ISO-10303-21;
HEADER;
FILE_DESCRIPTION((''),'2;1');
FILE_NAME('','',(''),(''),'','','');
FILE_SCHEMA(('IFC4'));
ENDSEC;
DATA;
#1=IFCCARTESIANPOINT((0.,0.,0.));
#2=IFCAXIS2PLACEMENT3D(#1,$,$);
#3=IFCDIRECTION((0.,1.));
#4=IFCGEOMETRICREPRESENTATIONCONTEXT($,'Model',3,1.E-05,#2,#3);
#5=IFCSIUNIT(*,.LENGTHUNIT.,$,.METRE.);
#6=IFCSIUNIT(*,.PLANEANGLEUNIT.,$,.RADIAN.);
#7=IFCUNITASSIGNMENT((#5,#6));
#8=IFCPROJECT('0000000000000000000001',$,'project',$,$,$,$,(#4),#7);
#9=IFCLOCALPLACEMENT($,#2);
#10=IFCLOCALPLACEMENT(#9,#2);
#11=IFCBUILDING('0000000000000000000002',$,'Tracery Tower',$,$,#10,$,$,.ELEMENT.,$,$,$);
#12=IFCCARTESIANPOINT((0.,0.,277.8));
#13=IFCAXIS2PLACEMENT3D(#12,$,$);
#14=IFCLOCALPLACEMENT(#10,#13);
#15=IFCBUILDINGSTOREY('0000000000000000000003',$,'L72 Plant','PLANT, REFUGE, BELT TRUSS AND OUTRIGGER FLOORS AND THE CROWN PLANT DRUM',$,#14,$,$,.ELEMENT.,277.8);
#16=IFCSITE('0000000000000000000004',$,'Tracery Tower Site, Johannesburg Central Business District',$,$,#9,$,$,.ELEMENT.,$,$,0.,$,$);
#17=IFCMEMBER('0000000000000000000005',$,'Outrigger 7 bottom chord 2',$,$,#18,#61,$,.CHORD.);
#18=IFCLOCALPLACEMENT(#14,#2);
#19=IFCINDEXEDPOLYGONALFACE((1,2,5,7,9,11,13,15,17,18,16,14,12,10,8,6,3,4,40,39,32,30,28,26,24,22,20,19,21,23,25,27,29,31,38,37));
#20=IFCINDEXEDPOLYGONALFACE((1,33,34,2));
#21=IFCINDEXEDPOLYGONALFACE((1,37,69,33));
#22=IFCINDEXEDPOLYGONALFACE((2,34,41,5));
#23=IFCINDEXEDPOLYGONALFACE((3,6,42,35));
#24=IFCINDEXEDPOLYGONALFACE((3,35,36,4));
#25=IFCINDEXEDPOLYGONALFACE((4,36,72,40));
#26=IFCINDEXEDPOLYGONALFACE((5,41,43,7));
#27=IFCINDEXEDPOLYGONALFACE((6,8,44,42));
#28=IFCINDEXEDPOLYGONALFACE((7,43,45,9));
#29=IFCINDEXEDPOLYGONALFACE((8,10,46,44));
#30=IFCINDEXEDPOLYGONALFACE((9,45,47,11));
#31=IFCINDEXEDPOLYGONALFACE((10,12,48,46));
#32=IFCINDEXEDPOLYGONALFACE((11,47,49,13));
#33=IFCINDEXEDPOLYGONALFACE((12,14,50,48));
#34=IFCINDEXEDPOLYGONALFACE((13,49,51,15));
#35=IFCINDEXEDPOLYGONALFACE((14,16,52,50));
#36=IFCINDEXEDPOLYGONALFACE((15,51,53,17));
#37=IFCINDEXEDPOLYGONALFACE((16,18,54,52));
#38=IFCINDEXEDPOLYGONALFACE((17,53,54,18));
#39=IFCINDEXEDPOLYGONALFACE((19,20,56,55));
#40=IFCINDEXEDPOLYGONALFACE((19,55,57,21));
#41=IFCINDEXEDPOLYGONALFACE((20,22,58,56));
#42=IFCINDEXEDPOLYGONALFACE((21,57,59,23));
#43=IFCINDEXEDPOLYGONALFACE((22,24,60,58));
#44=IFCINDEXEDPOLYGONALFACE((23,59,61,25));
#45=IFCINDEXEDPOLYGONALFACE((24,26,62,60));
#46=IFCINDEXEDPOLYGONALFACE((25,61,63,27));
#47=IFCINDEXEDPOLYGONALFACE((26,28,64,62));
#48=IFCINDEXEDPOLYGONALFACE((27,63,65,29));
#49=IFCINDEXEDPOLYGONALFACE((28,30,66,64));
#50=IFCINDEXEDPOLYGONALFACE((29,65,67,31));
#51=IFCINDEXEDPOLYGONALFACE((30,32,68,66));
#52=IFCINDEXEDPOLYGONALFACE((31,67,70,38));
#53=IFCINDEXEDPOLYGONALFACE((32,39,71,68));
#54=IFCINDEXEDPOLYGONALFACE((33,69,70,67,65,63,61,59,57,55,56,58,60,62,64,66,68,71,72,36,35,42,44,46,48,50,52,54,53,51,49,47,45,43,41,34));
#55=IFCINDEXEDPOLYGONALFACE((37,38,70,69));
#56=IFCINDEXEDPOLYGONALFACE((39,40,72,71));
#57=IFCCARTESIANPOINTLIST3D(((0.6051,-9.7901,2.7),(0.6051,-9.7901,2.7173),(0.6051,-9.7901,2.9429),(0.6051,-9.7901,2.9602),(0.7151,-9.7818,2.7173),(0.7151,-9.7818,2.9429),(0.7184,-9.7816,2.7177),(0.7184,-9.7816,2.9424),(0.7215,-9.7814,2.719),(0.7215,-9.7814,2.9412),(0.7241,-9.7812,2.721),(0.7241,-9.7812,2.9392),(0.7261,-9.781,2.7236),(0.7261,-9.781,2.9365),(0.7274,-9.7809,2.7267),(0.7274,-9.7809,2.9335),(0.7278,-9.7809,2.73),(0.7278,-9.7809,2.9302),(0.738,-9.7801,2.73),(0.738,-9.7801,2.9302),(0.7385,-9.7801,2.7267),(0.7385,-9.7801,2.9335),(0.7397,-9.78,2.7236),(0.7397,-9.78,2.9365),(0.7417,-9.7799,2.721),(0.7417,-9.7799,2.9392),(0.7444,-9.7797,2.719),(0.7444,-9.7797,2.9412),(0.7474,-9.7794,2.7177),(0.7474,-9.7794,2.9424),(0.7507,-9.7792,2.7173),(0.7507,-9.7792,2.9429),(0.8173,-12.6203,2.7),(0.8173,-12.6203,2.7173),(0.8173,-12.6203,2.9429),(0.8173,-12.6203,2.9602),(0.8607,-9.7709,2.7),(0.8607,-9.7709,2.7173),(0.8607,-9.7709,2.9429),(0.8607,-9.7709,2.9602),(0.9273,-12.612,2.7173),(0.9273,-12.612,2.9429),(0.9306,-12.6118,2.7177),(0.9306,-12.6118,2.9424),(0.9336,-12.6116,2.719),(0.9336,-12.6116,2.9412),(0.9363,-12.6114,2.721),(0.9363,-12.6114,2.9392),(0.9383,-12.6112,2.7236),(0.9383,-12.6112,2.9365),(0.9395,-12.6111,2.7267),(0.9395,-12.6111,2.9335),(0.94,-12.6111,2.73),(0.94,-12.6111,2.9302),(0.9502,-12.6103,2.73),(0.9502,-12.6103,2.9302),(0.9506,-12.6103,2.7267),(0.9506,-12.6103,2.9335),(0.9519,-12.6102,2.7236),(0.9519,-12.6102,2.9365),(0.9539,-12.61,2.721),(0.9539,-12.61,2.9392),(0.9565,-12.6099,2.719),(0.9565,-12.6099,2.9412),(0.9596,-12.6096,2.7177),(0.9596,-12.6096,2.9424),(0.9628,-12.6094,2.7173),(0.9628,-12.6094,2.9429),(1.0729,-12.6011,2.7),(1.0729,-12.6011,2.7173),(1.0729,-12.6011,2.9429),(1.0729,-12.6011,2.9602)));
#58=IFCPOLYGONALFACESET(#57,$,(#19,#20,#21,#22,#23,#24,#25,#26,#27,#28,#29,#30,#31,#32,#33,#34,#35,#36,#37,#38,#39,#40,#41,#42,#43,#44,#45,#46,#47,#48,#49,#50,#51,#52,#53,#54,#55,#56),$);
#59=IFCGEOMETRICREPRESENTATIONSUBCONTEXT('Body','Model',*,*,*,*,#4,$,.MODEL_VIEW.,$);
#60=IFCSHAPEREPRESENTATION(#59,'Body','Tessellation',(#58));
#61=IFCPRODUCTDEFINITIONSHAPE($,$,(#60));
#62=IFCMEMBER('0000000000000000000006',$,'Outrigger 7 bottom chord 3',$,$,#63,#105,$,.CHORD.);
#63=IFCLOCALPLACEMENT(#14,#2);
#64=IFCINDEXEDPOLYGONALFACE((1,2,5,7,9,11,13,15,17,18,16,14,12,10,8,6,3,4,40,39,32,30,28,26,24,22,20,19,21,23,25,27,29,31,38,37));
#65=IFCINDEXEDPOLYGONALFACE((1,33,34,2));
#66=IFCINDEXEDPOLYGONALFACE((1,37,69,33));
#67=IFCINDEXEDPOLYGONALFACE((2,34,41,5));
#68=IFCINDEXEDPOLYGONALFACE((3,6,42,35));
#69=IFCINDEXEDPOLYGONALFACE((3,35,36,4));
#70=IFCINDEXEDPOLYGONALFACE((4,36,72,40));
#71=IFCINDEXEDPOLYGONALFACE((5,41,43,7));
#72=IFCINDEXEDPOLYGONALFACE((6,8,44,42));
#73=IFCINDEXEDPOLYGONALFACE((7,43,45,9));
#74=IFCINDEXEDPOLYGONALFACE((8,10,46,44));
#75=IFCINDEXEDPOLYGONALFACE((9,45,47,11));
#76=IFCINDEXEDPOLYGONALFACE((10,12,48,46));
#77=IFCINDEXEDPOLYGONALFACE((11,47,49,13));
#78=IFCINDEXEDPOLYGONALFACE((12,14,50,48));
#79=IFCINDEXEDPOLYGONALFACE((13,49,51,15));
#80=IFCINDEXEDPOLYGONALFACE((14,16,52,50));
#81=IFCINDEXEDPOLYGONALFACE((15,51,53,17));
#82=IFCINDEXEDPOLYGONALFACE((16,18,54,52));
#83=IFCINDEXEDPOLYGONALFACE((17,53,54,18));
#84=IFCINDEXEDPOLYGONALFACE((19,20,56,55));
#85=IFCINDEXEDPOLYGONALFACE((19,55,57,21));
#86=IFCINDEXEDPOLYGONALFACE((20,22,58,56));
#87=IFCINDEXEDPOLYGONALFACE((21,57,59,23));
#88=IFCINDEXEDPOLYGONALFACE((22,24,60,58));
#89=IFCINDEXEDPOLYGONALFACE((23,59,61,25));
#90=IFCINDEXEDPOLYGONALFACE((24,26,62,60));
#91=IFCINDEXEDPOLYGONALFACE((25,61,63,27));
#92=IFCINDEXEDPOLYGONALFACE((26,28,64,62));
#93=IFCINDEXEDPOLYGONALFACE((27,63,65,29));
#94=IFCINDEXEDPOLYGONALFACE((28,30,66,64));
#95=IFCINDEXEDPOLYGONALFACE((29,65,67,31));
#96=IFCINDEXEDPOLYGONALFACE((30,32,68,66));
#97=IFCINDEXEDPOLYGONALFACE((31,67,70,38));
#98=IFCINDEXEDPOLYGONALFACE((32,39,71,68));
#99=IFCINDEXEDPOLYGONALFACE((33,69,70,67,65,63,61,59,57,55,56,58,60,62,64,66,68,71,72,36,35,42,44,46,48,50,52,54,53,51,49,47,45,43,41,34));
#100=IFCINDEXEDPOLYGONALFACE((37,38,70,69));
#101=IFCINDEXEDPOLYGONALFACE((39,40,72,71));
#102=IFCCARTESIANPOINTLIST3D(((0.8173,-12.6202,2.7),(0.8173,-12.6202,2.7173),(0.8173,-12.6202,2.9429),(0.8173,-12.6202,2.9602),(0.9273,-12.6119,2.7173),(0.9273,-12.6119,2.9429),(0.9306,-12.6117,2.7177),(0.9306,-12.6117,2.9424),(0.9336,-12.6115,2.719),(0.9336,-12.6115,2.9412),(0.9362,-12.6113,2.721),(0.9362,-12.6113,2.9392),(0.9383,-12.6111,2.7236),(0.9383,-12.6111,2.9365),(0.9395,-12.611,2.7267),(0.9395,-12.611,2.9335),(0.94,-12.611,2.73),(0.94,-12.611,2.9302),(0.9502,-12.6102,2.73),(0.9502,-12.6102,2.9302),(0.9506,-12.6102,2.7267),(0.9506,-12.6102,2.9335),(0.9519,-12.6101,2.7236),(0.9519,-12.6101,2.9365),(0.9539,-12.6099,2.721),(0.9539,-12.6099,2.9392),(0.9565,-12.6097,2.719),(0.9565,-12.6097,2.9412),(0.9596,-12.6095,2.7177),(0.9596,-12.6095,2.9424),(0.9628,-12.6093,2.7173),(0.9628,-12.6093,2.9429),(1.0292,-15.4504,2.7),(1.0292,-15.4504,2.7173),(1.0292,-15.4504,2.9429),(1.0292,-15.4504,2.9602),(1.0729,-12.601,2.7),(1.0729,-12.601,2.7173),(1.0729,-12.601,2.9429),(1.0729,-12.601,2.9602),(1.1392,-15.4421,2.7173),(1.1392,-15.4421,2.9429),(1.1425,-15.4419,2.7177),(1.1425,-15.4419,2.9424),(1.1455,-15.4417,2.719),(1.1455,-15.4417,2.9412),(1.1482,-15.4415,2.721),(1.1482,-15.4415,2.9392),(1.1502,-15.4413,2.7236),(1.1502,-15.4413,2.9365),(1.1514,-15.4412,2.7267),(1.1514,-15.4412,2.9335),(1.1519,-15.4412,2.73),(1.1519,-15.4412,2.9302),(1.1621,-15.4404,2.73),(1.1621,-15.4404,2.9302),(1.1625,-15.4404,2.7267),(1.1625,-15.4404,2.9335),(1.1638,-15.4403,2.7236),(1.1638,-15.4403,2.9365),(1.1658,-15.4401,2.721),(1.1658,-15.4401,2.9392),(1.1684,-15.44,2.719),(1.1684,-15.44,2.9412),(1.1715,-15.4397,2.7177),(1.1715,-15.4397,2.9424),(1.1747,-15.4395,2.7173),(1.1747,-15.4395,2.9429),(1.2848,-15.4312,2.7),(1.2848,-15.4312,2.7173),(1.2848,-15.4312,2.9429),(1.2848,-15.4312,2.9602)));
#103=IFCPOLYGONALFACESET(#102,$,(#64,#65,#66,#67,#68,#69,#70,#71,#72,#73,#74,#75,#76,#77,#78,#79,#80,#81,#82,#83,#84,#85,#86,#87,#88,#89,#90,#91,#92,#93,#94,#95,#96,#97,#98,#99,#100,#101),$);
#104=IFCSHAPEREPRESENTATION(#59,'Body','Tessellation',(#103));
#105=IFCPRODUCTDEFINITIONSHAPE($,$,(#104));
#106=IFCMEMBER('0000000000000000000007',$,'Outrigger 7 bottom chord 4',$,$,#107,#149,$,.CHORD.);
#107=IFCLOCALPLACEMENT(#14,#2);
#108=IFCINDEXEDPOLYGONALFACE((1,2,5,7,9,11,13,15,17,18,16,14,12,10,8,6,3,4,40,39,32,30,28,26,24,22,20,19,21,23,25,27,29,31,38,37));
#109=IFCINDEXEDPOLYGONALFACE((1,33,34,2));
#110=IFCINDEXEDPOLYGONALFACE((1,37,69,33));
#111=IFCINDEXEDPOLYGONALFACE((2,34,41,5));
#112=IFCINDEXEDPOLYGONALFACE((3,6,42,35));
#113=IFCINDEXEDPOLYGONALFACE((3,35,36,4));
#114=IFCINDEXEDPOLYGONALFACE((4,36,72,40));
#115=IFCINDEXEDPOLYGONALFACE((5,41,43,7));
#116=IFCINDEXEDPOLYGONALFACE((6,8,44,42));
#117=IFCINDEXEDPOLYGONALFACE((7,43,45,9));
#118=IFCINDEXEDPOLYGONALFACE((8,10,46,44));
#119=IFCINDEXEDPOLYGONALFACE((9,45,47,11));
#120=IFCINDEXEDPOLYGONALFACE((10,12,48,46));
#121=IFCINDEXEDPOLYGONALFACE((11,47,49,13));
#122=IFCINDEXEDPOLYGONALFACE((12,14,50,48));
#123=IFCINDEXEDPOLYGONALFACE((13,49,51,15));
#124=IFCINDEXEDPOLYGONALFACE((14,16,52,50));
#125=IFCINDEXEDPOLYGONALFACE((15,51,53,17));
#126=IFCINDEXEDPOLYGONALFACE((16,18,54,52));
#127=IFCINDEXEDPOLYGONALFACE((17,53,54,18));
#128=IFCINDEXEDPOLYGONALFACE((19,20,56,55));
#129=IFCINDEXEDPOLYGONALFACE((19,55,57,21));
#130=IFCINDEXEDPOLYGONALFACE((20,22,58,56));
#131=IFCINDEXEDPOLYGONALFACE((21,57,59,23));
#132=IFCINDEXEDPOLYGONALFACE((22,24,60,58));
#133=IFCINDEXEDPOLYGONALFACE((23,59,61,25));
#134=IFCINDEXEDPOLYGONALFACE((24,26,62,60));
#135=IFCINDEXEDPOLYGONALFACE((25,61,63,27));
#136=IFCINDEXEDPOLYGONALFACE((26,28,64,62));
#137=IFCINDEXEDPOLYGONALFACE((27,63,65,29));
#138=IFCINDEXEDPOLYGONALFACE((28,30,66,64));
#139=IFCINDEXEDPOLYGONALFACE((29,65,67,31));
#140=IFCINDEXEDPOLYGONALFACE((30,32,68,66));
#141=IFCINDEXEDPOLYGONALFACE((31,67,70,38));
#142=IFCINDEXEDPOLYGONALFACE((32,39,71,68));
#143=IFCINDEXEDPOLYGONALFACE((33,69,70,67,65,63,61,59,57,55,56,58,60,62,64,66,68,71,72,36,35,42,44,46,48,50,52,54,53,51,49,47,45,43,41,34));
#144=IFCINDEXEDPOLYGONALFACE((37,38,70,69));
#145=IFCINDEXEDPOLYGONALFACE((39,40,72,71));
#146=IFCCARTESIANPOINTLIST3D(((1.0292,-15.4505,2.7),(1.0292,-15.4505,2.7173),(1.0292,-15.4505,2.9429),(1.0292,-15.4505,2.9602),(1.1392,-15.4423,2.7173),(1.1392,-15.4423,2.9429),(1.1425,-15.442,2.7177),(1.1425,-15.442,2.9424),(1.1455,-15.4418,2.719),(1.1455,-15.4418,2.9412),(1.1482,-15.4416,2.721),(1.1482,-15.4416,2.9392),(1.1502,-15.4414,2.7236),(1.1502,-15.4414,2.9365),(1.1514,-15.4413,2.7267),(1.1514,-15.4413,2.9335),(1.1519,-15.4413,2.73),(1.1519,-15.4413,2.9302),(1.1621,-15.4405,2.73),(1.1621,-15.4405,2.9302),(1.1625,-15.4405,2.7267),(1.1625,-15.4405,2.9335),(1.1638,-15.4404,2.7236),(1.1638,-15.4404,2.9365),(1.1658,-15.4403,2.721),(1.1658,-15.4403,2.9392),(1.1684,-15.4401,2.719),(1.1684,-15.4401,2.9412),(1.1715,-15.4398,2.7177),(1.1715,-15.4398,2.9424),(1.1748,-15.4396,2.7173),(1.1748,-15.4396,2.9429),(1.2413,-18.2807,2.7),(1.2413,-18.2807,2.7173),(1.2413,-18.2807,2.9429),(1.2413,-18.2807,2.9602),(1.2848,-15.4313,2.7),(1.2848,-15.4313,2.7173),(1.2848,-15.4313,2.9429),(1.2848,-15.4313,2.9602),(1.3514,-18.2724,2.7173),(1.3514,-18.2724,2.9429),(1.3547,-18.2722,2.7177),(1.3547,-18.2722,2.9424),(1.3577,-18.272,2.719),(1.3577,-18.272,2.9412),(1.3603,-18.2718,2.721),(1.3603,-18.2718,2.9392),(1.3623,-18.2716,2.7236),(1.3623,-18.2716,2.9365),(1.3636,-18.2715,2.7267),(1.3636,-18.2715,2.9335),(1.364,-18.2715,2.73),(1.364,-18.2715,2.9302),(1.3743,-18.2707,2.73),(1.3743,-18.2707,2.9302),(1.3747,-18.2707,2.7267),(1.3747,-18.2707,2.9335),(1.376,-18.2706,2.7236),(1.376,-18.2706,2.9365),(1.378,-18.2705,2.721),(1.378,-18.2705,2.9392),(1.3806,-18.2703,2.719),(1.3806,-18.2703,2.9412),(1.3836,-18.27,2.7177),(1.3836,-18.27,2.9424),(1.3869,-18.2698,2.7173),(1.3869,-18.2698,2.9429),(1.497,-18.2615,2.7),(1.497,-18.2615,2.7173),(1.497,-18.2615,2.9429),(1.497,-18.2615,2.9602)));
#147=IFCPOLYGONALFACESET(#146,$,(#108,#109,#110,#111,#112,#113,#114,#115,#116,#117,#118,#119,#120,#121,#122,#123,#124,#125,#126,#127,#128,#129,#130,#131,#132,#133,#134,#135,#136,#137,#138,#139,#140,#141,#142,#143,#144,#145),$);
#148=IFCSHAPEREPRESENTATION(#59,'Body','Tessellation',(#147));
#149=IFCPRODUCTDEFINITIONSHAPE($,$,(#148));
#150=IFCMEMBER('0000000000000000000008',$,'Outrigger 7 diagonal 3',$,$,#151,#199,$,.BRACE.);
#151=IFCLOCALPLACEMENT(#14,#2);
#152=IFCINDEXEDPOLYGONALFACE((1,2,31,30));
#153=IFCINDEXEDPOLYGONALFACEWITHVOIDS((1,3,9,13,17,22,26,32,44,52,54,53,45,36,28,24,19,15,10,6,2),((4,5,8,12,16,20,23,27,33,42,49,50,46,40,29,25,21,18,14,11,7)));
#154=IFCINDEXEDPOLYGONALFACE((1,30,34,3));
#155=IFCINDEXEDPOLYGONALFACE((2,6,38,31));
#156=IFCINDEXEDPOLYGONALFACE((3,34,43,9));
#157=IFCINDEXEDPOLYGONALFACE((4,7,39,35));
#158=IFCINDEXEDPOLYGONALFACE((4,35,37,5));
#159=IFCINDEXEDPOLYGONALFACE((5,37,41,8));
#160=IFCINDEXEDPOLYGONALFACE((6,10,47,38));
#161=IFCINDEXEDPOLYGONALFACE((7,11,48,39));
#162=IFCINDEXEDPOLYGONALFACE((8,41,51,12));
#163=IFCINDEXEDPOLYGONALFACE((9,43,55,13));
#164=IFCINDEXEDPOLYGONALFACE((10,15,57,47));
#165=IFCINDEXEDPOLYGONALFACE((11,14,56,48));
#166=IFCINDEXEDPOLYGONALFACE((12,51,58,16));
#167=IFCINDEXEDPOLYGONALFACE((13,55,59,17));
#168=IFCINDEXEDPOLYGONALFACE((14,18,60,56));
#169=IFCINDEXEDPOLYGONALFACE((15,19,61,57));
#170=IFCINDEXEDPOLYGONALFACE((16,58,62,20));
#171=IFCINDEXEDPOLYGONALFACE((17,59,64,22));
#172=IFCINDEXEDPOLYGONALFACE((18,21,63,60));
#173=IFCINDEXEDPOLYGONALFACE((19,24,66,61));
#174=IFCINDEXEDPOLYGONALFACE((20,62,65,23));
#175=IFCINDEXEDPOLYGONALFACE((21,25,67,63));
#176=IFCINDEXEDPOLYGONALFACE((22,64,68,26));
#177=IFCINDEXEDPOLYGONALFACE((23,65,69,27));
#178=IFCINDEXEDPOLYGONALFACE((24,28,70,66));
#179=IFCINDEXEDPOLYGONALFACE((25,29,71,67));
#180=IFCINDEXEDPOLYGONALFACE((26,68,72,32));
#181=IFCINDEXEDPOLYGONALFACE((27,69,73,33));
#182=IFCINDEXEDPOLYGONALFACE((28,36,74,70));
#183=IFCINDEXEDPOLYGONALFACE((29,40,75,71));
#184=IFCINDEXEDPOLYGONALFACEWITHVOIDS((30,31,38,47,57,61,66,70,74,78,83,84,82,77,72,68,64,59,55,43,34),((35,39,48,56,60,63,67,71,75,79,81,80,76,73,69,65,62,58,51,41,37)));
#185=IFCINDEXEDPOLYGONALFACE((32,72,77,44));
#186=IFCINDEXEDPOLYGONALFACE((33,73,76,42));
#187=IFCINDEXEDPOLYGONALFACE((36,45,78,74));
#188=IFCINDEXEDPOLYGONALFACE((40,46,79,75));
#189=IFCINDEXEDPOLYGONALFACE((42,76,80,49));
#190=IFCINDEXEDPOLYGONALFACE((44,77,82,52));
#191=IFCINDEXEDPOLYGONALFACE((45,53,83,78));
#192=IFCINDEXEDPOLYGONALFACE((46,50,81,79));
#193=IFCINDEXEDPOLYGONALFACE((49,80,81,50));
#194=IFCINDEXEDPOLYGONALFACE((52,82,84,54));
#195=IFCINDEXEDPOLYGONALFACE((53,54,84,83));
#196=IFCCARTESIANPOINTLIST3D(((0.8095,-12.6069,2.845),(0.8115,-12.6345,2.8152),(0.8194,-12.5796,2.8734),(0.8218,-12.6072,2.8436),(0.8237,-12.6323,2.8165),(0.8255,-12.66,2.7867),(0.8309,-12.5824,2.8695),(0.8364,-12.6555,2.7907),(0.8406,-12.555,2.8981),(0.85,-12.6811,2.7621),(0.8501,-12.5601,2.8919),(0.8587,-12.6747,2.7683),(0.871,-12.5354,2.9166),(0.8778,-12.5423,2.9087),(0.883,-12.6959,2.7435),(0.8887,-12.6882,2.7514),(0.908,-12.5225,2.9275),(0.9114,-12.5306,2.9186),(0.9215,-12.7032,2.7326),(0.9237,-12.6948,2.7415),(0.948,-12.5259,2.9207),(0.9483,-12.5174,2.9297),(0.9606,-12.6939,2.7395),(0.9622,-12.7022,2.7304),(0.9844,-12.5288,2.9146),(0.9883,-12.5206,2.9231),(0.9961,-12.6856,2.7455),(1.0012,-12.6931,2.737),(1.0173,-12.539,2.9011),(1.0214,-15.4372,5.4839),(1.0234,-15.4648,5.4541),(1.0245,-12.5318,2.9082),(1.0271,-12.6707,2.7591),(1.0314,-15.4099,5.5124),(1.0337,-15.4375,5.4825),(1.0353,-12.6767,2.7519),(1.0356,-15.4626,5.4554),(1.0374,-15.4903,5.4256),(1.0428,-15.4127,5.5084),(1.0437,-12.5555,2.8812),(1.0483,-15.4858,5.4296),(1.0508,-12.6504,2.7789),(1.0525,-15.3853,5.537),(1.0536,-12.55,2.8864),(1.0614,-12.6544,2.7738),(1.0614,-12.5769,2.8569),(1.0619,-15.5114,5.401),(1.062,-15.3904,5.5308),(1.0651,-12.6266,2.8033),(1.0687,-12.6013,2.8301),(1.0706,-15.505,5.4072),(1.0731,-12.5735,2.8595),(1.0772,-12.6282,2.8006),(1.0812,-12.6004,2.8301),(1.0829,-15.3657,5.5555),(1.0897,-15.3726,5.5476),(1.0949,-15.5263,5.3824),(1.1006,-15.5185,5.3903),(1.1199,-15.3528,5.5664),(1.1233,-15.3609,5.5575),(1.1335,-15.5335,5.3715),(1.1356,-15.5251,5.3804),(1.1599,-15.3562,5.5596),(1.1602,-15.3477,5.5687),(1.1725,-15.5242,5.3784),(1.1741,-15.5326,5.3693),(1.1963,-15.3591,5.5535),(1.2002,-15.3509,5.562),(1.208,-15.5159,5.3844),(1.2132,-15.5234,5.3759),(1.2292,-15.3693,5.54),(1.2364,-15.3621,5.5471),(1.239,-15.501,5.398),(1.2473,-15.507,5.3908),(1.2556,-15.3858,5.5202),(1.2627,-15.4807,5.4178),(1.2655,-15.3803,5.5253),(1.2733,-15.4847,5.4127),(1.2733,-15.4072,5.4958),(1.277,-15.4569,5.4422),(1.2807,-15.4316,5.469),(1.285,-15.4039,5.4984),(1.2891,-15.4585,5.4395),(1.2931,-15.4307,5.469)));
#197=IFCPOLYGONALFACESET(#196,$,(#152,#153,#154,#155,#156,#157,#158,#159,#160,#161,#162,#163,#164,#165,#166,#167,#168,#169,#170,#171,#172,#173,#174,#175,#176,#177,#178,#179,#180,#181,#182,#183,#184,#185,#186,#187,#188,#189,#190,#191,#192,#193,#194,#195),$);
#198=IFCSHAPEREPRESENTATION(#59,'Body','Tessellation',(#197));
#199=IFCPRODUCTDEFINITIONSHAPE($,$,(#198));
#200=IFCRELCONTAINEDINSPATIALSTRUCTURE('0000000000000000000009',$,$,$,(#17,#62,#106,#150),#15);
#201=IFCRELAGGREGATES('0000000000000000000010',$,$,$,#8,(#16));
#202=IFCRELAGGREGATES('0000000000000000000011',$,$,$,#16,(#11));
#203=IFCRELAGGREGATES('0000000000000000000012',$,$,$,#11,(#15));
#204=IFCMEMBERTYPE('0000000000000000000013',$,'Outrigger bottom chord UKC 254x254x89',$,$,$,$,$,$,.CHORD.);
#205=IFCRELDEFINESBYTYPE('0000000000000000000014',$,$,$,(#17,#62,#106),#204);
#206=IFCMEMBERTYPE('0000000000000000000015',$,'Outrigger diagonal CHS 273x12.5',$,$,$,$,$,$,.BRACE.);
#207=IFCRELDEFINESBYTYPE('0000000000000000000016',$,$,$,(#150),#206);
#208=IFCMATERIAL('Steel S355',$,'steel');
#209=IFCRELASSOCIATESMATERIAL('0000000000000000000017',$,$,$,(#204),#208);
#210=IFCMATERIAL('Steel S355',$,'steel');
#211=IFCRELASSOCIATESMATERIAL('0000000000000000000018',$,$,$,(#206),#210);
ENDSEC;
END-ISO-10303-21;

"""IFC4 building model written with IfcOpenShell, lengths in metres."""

from ifc_helpers import new_model, si_unit, direction, frame, origin, origin_2d, place, context, subcontext, project, spatial, hollow_circle, i_section, extrude, material, material_profile, profile_set, type_object, element, save


model = new_model("IFC4")

# Units and contexts
model_context = context("Model", 3, precision=1e-05, world=origin(), true_north=direction((0.0, 1.0)))
body_context = subcontext(model_context, "Body", "Model", "MODEL_VIEW")
ifc_project = project(units=[si_unit("LENGTHUNIT", "METRE"), si_unit("PLANEANGLEUNIT", "RADIAN")], contexts=[model_context])

# Site, building, storey
site_placement = place(None, origin())
site = spatial("IfcSite", under=ifc_project, at=site_placement, Name="Tracery Tower Site, Johannesburg Central Business District", CompositionType="ELEMENT", RefElevation=0.0)
building_placement = place(site_placement, origin())
building = spatial("IfcBuilding", under=site, at=building_placement, Name="Tracery Tower", CompositionType="ELEMENT")
storey_placement = place(building_placement, frame((0.0, 0.0, 277.8)))
storey = spatial("IfcBuildingStorey", under=building, at=storey_placement, Name="L72 Plant", Description="PLANT, REFUGE, BELT TRUSS AND OUTRIGGER FLOORS AND THE CROWN PLANT DRUM", CompositionType="ELEMENT", Elevation=277.8)

# Members
ifc_material_1 = material(Name="Steel S355", Category="steel")
ifc_material_profile_1 = material_profile(ifc_material_1, i_section(OverallWidth=0.2563, OverallDepth=0.2603, WebThickness=0.0103, FlangeThickness=0.0173, FilletRadius=0.0127, at=origin_2d()), Name="UKC 254x254x89")
ifc_profile_set_1 = profile_set([ifc_material_profile_1], Name="Steel S355")
member_type_1 = type_object("IfcMemberType", Name="Outrigger bottom chord UKC 254x254x89", PredefinedType="CHORD", material=ifc_profile_set_1)
for number, where, z_axis, x_axis, name in (
    (1, (0.7329, -9.7805, 2.8301), (0.074756, -0.997202, 0.0), (0.997202, 0.074756, 0.0), "Outrigger 7 bottom chord 2"),
    (2, (0.9451, -12.6106, 2.8301), (0.074664, -0.997209, 0.0), (0.997209, 0.074664, 0.0), "Outrigger 7 bottom chord 3"),
    (3, (1.157, -15.4409, 2.8301), (0.074756, -0.997202, 0.0), (0.997202, 0.074756, 0.0), "Outrigger 7 bottom chord 4"),
):
    element("IfcMember", number, at=place(storey_placement, frame(where, z_axis=z_axis, x_axis=x_axis)), inside=storey, type_object=member_type_1, Name=name, PredefinedType="CHORD", context=body_context, shape_type="SweptSolid", body=[
        extrude(i_section(OverallWidth=0.2563, OverallDepth=0.2603, WebThickness=0.0103, FlangeThickness=0.0173, FilletRadius=0.0127, at=origin_2d()), origin(), (0.0, 0.0, 1.0), 2.8381),
    ])
ifc_material_2 = material(Name="Steel S355", Category="steel")
ifc_material_profile_2 = material_profile(ifc_material_2, hollow_circle(Radius=0.1365, WallThickness=0.0125, at=origin_2d()), Name="CHS 273x12.5")
ifc_profile_set_2 = profile_set([ifc_material_profile_2], Name="Steel S355")
member_type_2 = type_object("IfcMemberType", Name="Outrigger diagonal CHS 273x12.5", PredefinedType="BRACE", material=ifc_profile_set_2)
member_1_placement = place(storey_placement, frame((0.9451, -12.6106, 2.8301), z_axis=(0.05468, -0.730311, 0.680923), x_axis=(0.997209, 0.074664, 0.0)))
element("IfcMember", 4, at=member_1_placement, inside=storey, type_object=member_type_2, Name="Outrigger 7 diagonal 3", PredefinedType="BRACE", context=body_context, shape_type="SweptSolid", body=[
    extrude(hollow_circle(Radius=0.1365, WallThickness=0.0125, at=origin_2d()), origin(), (0.0, 0.0, 1.0), 3.8755),
])

save(model, "model.ifc")
